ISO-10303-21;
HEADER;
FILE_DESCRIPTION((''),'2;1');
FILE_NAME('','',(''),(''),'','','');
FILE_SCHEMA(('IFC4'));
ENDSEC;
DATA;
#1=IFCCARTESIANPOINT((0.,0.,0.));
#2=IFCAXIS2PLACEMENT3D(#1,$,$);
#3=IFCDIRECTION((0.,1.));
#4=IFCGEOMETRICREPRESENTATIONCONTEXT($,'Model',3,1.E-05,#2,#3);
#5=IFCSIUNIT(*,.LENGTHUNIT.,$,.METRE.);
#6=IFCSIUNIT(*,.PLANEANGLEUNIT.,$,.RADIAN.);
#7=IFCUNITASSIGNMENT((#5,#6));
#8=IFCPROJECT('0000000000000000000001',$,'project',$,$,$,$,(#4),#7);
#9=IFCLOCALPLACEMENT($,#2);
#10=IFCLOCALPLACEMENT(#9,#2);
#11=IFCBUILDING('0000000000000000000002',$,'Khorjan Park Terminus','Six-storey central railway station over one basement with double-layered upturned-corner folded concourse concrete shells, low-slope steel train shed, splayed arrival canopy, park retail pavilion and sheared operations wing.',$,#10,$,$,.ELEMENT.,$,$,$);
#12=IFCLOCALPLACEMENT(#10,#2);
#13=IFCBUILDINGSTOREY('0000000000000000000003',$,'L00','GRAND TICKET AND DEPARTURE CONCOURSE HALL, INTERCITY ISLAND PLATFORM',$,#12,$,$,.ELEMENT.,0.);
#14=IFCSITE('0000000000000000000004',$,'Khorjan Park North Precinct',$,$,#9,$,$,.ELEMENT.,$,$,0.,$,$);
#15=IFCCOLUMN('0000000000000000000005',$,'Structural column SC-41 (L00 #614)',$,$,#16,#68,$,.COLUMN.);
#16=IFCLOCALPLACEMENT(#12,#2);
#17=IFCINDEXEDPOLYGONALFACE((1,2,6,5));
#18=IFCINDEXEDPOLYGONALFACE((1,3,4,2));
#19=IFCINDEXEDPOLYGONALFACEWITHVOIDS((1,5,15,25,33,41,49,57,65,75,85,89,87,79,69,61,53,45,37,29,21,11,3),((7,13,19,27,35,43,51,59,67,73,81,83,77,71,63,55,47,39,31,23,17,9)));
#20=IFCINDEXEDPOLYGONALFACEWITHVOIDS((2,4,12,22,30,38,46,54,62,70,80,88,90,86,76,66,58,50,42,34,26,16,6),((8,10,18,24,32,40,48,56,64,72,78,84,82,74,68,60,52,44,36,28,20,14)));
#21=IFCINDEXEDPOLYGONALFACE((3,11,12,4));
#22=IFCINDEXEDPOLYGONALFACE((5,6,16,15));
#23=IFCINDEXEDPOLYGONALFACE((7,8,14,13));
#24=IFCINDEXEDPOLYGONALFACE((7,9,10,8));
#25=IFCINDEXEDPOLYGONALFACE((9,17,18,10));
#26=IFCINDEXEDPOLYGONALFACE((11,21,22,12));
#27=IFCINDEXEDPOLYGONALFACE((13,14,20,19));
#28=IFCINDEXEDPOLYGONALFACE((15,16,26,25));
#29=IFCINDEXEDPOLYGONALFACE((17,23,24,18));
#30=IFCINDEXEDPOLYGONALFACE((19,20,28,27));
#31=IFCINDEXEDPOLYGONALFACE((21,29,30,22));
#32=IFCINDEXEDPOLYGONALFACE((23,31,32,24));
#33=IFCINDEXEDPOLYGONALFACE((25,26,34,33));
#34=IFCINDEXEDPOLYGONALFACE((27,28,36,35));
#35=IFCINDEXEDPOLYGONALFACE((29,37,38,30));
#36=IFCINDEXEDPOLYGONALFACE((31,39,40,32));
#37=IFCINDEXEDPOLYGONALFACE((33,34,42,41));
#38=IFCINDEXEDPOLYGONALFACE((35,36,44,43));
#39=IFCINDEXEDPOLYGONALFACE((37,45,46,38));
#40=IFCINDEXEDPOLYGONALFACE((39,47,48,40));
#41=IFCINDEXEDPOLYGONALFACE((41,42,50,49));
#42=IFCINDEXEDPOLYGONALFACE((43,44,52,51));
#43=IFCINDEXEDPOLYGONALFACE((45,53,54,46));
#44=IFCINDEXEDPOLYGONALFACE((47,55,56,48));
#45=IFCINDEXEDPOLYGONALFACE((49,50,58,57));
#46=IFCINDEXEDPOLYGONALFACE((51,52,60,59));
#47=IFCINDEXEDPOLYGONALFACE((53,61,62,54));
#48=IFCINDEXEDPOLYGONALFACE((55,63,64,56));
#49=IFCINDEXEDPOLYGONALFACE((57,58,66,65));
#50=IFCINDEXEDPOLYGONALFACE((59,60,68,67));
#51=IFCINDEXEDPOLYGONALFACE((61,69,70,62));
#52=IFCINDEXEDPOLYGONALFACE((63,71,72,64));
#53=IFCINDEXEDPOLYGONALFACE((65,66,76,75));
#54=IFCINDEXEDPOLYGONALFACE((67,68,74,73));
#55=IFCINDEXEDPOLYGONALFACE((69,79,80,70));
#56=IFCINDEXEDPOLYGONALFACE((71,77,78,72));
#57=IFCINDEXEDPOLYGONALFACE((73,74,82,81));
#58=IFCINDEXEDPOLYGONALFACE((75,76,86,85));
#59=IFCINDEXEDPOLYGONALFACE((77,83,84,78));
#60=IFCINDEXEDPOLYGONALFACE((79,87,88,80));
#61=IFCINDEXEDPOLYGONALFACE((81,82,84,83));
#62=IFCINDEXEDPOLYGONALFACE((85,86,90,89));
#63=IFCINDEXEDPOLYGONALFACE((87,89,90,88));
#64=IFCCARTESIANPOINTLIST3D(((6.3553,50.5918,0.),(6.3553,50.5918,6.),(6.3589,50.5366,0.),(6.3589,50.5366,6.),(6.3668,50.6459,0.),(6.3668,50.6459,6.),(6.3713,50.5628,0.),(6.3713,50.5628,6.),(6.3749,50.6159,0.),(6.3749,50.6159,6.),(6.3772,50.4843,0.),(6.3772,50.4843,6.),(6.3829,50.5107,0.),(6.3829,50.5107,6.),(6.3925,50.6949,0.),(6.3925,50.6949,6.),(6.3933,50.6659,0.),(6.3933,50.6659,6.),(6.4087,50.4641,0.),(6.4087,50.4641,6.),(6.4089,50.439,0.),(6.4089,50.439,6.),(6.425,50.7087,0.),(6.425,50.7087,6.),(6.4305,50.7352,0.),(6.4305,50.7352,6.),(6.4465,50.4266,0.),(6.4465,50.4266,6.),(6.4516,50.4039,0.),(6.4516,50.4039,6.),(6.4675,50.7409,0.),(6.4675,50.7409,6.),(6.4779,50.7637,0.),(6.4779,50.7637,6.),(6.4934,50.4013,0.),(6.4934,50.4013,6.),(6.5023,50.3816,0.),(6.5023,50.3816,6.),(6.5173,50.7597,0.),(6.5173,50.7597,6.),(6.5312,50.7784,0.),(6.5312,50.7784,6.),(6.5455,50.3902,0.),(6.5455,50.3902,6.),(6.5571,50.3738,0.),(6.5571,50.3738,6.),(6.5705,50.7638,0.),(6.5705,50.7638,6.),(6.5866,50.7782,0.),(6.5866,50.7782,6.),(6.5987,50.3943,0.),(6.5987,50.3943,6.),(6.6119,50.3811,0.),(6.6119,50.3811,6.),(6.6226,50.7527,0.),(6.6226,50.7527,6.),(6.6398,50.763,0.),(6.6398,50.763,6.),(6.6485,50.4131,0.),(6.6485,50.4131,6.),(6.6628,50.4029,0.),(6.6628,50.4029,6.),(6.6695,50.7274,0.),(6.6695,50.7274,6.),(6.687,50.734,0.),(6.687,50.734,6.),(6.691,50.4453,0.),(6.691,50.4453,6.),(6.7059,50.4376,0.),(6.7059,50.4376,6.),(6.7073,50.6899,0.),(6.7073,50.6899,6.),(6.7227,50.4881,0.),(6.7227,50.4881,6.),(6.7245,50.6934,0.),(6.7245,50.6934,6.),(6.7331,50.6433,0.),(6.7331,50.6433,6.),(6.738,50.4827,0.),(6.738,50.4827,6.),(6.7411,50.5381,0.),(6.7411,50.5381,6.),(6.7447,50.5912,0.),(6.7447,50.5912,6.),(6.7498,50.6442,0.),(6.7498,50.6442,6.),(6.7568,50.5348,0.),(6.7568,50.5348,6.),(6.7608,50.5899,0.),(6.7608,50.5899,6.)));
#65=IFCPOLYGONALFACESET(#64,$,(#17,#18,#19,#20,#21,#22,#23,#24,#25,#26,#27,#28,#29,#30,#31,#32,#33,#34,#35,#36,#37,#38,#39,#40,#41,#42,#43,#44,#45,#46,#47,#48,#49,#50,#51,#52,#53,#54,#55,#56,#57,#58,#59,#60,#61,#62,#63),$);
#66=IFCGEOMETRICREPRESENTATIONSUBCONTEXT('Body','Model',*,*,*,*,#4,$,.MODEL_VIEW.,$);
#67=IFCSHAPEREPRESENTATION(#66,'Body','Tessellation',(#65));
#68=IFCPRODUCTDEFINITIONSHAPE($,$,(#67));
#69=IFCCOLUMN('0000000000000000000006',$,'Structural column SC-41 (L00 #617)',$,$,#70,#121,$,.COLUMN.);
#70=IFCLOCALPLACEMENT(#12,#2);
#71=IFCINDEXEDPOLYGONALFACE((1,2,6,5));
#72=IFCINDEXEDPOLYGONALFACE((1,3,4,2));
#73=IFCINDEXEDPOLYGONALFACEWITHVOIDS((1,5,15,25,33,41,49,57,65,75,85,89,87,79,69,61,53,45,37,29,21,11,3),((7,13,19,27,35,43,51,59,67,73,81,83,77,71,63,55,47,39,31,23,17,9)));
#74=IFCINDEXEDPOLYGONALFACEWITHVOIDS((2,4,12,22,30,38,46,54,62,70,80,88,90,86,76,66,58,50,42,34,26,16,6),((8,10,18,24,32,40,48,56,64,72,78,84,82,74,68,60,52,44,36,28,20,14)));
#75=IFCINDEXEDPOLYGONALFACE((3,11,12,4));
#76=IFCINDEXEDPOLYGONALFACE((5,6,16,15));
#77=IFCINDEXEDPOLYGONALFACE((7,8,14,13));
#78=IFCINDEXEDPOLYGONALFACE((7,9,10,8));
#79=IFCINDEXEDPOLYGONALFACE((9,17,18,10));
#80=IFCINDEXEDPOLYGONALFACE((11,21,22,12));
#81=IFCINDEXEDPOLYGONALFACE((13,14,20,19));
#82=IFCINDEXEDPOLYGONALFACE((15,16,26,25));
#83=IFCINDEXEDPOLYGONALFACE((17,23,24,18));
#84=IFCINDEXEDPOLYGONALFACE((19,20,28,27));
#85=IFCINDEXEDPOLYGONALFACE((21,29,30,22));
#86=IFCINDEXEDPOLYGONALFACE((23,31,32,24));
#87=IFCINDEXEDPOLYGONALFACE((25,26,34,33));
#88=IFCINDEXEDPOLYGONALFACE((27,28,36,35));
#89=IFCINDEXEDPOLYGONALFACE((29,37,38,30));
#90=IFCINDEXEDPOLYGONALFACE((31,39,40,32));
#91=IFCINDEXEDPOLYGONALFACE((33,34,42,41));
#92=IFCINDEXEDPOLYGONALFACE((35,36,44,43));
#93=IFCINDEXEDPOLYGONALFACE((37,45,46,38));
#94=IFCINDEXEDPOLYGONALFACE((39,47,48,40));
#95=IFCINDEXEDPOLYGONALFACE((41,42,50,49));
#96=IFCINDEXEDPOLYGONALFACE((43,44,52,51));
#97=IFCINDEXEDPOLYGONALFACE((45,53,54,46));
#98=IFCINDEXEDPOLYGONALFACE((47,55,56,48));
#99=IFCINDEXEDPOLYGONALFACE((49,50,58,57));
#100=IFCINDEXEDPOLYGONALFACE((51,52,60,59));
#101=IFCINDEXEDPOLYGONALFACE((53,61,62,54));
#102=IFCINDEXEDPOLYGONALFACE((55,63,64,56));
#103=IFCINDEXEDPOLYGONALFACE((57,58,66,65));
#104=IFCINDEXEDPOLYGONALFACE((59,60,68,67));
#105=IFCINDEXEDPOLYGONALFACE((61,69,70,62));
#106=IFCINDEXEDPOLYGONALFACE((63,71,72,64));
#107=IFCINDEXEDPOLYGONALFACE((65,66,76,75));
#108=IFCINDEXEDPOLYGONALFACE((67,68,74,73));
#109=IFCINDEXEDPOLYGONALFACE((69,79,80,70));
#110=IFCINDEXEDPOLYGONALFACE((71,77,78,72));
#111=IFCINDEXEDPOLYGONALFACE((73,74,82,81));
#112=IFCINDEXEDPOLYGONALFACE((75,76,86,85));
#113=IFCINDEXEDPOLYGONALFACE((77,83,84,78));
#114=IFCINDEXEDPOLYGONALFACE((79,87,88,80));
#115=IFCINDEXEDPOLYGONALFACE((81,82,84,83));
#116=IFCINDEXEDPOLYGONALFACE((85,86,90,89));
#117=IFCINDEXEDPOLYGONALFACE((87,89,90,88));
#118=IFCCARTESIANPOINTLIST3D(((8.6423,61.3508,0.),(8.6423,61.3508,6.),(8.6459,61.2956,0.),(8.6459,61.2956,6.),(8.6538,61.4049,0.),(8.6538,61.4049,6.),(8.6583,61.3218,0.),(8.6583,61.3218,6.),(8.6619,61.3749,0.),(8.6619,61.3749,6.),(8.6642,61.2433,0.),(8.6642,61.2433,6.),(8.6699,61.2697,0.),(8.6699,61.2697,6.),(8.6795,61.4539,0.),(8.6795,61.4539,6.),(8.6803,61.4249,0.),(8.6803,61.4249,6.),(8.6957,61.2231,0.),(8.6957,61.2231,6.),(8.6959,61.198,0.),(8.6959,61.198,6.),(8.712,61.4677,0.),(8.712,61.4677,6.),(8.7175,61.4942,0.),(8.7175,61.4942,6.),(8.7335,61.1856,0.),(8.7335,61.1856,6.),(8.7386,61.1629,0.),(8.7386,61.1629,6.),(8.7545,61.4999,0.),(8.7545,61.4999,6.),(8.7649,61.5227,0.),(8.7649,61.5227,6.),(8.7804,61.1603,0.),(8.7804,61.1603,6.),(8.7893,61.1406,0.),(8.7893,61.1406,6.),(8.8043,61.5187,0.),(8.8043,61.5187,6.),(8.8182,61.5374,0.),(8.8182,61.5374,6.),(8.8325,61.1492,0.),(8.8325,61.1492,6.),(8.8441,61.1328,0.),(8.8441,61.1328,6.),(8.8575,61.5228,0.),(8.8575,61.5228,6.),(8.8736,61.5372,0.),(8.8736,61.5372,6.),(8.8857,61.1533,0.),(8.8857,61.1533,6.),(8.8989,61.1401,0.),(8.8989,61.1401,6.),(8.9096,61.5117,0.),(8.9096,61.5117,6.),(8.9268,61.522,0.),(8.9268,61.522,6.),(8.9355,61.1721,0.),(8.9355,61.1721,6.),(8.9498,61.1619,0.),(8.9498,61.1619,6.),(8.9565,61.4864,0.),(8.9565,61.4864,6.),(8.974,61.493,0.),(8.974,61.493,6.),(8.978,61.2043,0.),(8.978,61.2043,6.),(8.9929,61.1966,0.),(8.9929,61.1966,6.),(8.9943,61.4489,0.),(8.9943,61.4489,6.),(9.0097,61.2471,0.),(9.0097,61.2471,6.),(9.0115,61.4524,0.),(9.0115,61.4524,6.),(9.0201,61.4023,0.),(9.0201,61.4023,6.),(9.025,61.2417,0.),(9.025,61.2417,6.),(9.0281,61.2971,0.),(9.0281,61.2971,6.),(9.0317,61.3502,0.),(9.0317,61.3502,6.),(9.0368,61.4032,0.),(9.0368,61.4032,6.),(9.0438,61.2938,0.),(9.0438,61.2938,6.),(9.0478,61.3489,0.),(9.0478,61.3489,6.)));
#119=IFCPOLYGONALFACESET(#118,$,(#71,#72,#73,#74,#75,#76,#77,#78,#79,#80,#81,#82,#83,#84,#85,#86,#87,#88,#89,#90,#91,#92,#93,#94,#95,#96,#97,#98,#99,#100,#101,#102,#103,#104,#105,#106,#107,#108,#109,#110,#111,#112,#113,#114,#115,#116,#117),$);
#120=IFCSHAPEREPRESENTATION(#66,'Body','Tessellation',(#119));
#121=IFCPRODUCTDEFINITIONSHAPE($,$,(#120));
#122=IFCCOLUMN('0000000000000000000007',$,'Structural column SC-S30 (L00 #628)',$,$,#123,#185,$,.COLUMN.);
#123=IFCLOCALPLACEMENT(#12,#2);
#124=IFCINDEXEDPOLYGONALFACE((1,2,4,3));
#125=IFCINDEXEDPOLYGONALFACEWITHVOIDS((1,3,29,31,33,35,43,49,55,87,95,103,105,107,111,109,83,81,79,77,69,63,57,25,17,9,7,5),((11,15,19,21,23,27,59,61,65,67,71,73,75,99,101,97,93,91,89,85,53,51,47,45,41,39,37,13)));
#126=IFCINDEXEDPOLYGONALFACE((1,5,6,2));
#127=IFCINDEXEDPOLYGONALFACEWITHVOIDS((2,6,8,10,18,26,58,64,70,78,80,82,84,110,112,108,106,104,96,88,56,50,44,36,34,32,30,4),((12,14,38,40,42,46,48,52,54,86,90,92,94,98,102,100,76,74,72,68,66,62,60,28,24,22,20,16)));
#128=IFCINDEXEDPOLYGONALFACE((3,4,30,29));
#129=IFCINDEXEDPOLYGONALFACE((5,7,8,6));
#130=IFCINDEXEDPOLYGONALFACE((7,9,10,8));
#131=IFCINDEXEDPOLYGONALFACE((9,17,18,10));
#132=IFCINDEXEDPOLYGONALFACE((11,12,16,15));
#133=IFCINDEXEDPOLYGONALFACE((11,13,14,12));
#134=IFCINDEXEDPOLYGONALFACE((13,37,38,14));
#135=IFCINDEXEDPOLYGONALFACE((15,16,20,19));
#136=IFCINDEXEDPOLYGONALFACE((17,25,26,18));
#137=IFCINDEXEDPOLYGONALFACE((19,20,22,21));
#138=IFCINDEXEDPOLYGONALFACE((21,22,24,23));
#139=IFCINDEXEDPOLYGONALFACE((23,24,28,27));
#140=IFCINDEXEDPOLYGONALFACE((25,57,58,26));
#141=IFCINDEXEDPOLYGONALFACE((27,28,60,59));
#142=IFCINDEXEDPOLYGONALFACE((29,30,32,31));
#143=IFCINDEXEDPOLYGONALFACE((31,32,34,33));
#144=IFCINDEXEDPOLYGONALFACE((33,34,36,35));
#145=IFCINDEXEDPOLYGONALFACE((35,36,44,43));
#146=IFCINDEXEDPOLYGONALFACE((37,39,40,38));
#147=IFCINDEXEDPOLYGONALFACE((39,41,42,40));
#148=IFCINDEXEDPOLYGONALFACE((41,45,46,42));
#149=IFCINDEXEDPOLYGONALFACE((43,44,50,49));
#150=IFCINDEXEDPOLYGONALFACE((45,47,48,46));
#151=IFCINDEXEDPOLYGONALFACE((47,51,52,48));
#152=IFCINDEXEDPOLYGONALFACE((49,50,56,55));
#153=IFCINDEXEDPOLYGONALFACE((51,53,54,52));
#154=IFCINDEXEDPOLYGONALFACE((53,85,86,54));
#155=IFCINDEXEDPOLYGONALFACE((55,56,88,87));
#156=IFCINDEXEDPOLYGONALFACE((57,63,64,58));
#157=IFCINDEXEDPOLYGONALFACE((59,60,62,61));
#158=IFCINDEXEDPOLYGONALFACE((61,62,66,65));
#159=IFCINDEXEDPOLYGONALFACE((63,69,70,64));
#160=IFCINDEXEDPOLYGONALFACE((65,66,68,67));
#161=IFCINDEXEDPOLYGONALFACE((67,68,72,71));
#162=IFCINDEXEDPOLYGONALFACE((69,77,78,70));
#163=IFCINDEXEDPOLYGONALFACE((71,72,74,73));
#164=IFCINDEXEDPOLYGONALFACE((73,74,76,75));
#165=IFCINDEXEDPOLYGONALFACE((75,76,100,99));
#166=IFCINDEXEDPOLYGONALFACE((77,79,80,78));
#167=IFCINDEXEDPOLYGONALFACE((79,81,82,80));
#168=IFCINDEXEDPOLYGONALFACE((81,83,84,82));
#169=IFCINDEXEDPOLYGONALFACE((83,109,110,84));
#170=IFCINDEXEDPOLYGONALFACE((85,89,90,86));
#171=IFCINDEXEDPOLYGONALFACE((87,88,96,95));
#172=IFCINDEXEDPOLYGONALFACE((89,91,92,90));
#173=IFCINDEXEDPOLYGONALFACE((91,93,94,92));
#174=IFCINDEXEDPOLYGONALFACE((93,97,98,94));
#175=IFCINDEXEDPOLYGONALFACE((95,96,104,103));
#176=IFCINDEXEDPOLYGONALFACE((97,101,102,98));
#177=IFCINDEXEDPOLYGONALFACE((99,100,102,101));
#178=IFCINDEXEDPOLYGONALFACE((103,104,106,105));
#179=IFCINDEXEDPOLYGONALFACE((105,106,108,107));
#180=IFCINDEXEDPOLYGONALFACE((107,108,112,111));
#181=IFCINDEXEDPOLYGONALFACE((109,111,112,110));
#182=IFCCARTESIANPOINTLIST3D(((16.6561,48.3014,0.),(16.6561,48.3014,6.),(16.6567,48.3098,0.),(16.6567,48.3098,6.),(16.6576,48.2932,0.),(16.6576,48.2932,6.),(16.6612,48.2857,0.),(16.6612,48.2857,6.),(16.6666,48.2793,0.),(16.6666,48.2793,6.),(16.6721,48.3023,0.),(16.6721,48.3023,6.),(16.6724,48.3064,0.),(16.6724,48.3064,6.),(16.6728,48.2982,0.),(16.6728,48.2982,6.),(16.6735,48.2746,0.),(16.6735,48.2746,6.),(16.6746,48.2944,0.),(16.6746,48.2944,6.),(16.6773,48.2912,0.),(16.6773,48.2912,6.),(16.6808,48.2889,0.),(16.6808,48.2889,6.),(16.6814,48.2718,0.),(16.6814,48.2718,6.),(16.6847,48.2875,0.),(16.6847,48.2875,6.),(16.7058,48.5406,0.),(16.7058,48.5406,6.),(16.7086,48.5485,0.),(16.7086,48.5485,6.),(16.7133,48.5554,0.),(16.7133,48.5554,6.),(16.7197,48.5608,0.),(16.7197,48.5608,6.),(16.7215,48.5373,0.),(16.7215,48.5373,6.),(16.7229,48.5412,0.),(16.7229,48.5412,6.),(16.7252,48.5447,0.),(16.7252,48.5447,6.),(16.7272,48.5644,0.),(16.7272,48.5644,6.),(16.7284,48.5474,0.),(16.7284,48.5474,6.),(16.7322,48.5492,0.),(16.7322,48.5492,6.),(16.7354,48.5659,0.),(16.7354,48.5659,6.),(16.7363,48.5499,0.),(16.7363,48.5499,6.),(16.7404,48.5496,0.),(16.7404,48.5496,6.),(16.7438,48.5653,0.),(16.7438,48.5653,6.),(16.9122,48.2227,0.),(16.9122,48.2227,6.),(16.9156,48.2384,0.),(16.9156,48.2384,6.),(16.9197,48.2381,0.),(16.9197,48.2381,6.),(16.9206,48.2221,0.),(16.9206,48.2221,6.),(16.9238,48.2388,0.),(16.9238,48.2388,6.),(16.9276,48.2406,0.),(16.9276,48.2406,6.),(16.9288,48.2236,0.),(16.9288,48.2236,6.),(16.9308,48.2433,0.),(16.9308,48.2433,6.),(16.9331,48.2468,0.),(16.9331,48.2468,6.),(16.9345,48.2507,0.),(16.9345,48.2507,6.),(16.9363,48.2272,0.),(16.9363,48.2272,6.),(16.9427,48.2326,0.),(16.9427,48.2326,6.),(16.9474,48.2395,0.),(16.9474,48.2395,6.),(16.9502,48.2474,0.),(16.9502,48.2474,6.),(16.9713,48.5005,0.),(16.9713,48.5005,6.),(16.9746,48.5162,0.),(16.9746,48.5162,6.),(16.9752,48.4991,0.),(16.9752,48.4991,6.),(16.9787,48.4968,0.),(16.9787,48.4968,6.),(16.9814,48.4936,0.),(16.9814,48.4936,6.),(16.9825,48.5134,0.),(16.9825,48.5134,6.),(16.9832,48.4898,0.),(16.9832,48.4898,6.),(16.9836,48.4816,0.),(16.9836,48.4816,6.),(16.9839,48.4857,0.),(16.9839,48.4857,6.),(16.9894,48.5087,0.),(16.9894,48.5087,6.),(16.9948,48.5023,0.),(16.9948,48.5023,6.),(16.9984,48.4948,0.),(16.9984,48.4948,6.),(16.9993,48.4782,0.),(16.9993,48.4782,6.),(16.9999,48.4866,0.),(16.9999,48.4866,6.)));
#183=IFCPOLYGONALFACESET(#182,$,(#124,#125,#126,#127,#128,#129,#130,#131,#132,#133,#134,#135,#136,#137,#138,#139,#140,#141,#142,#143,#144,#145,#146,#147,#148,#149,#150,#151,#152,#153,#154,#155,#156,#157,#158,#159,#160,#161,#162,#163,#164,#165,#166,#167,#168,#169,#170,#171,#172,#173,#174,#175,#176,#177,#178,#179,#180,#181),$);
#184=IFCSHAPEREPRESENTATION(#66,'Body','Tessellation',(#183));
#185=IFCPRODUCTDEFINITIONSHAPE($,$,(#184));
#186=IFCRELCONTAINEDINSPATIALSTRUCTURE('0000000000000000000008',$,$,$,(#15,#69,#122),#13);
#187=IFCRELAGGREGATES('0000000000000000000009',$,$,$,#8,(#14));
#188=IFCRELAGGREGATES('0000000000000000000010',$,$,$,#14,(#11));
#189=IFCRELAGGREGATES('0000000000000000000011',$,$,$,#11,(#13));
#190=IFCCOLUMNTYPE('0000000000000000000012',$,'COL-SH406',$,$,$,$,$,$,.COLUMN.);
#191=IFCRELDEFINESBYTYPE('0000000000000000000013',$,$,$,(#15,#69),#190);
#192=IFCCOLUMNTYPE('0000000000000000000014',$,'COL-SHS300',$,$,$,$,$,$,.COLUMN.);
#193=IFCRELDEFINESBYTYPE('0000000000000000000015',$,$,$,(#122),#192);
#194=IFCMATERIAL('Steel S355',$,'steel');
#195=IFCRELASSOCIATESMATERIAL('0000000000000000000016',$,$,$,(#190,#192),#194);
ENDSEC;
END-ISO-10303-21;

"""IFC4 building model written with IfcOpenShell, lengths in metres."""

from ifc_helpers import new_model, si_unit, direction, frame, origin, origin_2d, place, context, subcontext, project, spatial, hollow_rectangle, hollow_circle, extrude, material, material_profile, profile_set, type_object, element, save


model = new_model("IFC4")

# Units and contexts
model_context = context("Model", 3, precision=1e-05, world=origin(), true_north=direction((0.0, 1.0)))
body_context = subcontext(model_context, "Body", "Model", "MODEL_VIEW")
ifc_project = project(units=[si_unit("LENGTHUNIT", "METRE"), si_unit("PLANEANGLEUNIT", "RADIAN")], contexts=[model_context])

# Site, building, storey
site_placement = place(None, origin())
site = spatial("IfcSite", under=ifc_project, at=site_placement, Name="Khorjan Park North Precinct", CompositionType="ELEMENT", RefElevation=0.0)
building_placement = place(site_placement, origin())
building = spatial("IfcBuilding", under=site, at=building_placement, Name="Khorjan Park Terminus", Description="Six-storey central railway station over one basement with double-layered upturned-corner folded concourse concrete shells, low-slope steel train shed, splayed arrival canopy, park retail pavilion and sheared operations wing.", CompositionType="ELEMENT")
storey_placement = place(building_placement, origin())
storey = spatial("IfcBuildingStorey", under=building, at=storey_placement, Name="L00", Description="GRAND TICKET AND DEPARTURE CONCOURSE HALL, INTERCITY ISLAND PLATFORM", CompositionType="ELEMENT", Elevation=0.0)

# Columns
ifc_material_1 = material(Name="Steel S355", Category="steel")
ifc_material_profile_1 = material_profile(ifc_material_1, hollow_circle(Radius=0.2032, WallThickness=0.016, at=origin_2d()), Name="CHS 406.4x16")
ifc_profile_set_1 = profile_set([ifc_material_profile_1], Name="Steel S355")
column_type_1 = type_object("IfcColumnType", Name="COL-SH406", PredefinedType="COLUMN", material=ifc_profile_set_1)
for number, where, z_axis, x_axis, name in (
    (1, (6.558, 50.577, 0.0), (0.0, 0.0, 1.0), (0.978148, -0.207912, 0.0), "Structural column SC-41 (L00 #614)"),
    (2, (8.845, 61.336, 0.0), (0.0, 0.0, 1.0), (0.978148, -0.207912, 0.0), "Structural column SC-41 (L00 #617)"),
):
    element("IfcColumn", number, at=place(storey_placement, frame(where, z_axis=z_axis, x_axis=x_axis)), inside=storey, type_object=column_type_1, Name=name, PredefinedType="COLUMN", context=body_context, shape_type="SweptSolid", body=[
        extrude(hollow_circle(Radius=0.2032, WallThickness=0.016, at=origin_2d()), origin(), (0.0, 0.0, 1.0), 6.0),
    ])
ifc_material_profile_2 = material_profile(ifc_material_1, hollow_rectangle(XDim=0.3, YDim=0.3, WallThickness=0.016, InnerFilletRadius=0.016, OuterFilletRadius=0.032, at=origin_2d()), Name="SHS 300x300x16")
ifc_profile_set_2 = profile_set([ifc_material_profile_2], Name="Steel S355")
column_type_2 = type_object("IfcColumnType", Name="COL-SHS300", PredefinedType="COLUMN", material=ifc_profile_set_2)
for number, where, z_axis, x_axis, name in (
    (3, (16.828, 48.394, 0.0), (0.0, 0.0, 1.0), (0.978148, -0.207912, 0.0), "Structural column SC-S30 (L00 #628)"),
):
    element("IfcColumn", number, at=place(storey_placement, frame(where, z_axis=z_axis, x_axis=x_axis)), inside=storey, type_object=column_type_2, Name=name, PredefinedType="COLUMN", context=body_context, shape_type="SweptSolid", body=[
        extrude(hollow_rectangle(XDim=0.3, YDim=0.3, WallThickness=0.016, InnerFilletRadius=0.016, OuterFilletRadius=0.032, at=origin_2d()), origin(), (0.0, 0.0, 1.0), 6.0),
    ])

save(model, "model.ifc")
